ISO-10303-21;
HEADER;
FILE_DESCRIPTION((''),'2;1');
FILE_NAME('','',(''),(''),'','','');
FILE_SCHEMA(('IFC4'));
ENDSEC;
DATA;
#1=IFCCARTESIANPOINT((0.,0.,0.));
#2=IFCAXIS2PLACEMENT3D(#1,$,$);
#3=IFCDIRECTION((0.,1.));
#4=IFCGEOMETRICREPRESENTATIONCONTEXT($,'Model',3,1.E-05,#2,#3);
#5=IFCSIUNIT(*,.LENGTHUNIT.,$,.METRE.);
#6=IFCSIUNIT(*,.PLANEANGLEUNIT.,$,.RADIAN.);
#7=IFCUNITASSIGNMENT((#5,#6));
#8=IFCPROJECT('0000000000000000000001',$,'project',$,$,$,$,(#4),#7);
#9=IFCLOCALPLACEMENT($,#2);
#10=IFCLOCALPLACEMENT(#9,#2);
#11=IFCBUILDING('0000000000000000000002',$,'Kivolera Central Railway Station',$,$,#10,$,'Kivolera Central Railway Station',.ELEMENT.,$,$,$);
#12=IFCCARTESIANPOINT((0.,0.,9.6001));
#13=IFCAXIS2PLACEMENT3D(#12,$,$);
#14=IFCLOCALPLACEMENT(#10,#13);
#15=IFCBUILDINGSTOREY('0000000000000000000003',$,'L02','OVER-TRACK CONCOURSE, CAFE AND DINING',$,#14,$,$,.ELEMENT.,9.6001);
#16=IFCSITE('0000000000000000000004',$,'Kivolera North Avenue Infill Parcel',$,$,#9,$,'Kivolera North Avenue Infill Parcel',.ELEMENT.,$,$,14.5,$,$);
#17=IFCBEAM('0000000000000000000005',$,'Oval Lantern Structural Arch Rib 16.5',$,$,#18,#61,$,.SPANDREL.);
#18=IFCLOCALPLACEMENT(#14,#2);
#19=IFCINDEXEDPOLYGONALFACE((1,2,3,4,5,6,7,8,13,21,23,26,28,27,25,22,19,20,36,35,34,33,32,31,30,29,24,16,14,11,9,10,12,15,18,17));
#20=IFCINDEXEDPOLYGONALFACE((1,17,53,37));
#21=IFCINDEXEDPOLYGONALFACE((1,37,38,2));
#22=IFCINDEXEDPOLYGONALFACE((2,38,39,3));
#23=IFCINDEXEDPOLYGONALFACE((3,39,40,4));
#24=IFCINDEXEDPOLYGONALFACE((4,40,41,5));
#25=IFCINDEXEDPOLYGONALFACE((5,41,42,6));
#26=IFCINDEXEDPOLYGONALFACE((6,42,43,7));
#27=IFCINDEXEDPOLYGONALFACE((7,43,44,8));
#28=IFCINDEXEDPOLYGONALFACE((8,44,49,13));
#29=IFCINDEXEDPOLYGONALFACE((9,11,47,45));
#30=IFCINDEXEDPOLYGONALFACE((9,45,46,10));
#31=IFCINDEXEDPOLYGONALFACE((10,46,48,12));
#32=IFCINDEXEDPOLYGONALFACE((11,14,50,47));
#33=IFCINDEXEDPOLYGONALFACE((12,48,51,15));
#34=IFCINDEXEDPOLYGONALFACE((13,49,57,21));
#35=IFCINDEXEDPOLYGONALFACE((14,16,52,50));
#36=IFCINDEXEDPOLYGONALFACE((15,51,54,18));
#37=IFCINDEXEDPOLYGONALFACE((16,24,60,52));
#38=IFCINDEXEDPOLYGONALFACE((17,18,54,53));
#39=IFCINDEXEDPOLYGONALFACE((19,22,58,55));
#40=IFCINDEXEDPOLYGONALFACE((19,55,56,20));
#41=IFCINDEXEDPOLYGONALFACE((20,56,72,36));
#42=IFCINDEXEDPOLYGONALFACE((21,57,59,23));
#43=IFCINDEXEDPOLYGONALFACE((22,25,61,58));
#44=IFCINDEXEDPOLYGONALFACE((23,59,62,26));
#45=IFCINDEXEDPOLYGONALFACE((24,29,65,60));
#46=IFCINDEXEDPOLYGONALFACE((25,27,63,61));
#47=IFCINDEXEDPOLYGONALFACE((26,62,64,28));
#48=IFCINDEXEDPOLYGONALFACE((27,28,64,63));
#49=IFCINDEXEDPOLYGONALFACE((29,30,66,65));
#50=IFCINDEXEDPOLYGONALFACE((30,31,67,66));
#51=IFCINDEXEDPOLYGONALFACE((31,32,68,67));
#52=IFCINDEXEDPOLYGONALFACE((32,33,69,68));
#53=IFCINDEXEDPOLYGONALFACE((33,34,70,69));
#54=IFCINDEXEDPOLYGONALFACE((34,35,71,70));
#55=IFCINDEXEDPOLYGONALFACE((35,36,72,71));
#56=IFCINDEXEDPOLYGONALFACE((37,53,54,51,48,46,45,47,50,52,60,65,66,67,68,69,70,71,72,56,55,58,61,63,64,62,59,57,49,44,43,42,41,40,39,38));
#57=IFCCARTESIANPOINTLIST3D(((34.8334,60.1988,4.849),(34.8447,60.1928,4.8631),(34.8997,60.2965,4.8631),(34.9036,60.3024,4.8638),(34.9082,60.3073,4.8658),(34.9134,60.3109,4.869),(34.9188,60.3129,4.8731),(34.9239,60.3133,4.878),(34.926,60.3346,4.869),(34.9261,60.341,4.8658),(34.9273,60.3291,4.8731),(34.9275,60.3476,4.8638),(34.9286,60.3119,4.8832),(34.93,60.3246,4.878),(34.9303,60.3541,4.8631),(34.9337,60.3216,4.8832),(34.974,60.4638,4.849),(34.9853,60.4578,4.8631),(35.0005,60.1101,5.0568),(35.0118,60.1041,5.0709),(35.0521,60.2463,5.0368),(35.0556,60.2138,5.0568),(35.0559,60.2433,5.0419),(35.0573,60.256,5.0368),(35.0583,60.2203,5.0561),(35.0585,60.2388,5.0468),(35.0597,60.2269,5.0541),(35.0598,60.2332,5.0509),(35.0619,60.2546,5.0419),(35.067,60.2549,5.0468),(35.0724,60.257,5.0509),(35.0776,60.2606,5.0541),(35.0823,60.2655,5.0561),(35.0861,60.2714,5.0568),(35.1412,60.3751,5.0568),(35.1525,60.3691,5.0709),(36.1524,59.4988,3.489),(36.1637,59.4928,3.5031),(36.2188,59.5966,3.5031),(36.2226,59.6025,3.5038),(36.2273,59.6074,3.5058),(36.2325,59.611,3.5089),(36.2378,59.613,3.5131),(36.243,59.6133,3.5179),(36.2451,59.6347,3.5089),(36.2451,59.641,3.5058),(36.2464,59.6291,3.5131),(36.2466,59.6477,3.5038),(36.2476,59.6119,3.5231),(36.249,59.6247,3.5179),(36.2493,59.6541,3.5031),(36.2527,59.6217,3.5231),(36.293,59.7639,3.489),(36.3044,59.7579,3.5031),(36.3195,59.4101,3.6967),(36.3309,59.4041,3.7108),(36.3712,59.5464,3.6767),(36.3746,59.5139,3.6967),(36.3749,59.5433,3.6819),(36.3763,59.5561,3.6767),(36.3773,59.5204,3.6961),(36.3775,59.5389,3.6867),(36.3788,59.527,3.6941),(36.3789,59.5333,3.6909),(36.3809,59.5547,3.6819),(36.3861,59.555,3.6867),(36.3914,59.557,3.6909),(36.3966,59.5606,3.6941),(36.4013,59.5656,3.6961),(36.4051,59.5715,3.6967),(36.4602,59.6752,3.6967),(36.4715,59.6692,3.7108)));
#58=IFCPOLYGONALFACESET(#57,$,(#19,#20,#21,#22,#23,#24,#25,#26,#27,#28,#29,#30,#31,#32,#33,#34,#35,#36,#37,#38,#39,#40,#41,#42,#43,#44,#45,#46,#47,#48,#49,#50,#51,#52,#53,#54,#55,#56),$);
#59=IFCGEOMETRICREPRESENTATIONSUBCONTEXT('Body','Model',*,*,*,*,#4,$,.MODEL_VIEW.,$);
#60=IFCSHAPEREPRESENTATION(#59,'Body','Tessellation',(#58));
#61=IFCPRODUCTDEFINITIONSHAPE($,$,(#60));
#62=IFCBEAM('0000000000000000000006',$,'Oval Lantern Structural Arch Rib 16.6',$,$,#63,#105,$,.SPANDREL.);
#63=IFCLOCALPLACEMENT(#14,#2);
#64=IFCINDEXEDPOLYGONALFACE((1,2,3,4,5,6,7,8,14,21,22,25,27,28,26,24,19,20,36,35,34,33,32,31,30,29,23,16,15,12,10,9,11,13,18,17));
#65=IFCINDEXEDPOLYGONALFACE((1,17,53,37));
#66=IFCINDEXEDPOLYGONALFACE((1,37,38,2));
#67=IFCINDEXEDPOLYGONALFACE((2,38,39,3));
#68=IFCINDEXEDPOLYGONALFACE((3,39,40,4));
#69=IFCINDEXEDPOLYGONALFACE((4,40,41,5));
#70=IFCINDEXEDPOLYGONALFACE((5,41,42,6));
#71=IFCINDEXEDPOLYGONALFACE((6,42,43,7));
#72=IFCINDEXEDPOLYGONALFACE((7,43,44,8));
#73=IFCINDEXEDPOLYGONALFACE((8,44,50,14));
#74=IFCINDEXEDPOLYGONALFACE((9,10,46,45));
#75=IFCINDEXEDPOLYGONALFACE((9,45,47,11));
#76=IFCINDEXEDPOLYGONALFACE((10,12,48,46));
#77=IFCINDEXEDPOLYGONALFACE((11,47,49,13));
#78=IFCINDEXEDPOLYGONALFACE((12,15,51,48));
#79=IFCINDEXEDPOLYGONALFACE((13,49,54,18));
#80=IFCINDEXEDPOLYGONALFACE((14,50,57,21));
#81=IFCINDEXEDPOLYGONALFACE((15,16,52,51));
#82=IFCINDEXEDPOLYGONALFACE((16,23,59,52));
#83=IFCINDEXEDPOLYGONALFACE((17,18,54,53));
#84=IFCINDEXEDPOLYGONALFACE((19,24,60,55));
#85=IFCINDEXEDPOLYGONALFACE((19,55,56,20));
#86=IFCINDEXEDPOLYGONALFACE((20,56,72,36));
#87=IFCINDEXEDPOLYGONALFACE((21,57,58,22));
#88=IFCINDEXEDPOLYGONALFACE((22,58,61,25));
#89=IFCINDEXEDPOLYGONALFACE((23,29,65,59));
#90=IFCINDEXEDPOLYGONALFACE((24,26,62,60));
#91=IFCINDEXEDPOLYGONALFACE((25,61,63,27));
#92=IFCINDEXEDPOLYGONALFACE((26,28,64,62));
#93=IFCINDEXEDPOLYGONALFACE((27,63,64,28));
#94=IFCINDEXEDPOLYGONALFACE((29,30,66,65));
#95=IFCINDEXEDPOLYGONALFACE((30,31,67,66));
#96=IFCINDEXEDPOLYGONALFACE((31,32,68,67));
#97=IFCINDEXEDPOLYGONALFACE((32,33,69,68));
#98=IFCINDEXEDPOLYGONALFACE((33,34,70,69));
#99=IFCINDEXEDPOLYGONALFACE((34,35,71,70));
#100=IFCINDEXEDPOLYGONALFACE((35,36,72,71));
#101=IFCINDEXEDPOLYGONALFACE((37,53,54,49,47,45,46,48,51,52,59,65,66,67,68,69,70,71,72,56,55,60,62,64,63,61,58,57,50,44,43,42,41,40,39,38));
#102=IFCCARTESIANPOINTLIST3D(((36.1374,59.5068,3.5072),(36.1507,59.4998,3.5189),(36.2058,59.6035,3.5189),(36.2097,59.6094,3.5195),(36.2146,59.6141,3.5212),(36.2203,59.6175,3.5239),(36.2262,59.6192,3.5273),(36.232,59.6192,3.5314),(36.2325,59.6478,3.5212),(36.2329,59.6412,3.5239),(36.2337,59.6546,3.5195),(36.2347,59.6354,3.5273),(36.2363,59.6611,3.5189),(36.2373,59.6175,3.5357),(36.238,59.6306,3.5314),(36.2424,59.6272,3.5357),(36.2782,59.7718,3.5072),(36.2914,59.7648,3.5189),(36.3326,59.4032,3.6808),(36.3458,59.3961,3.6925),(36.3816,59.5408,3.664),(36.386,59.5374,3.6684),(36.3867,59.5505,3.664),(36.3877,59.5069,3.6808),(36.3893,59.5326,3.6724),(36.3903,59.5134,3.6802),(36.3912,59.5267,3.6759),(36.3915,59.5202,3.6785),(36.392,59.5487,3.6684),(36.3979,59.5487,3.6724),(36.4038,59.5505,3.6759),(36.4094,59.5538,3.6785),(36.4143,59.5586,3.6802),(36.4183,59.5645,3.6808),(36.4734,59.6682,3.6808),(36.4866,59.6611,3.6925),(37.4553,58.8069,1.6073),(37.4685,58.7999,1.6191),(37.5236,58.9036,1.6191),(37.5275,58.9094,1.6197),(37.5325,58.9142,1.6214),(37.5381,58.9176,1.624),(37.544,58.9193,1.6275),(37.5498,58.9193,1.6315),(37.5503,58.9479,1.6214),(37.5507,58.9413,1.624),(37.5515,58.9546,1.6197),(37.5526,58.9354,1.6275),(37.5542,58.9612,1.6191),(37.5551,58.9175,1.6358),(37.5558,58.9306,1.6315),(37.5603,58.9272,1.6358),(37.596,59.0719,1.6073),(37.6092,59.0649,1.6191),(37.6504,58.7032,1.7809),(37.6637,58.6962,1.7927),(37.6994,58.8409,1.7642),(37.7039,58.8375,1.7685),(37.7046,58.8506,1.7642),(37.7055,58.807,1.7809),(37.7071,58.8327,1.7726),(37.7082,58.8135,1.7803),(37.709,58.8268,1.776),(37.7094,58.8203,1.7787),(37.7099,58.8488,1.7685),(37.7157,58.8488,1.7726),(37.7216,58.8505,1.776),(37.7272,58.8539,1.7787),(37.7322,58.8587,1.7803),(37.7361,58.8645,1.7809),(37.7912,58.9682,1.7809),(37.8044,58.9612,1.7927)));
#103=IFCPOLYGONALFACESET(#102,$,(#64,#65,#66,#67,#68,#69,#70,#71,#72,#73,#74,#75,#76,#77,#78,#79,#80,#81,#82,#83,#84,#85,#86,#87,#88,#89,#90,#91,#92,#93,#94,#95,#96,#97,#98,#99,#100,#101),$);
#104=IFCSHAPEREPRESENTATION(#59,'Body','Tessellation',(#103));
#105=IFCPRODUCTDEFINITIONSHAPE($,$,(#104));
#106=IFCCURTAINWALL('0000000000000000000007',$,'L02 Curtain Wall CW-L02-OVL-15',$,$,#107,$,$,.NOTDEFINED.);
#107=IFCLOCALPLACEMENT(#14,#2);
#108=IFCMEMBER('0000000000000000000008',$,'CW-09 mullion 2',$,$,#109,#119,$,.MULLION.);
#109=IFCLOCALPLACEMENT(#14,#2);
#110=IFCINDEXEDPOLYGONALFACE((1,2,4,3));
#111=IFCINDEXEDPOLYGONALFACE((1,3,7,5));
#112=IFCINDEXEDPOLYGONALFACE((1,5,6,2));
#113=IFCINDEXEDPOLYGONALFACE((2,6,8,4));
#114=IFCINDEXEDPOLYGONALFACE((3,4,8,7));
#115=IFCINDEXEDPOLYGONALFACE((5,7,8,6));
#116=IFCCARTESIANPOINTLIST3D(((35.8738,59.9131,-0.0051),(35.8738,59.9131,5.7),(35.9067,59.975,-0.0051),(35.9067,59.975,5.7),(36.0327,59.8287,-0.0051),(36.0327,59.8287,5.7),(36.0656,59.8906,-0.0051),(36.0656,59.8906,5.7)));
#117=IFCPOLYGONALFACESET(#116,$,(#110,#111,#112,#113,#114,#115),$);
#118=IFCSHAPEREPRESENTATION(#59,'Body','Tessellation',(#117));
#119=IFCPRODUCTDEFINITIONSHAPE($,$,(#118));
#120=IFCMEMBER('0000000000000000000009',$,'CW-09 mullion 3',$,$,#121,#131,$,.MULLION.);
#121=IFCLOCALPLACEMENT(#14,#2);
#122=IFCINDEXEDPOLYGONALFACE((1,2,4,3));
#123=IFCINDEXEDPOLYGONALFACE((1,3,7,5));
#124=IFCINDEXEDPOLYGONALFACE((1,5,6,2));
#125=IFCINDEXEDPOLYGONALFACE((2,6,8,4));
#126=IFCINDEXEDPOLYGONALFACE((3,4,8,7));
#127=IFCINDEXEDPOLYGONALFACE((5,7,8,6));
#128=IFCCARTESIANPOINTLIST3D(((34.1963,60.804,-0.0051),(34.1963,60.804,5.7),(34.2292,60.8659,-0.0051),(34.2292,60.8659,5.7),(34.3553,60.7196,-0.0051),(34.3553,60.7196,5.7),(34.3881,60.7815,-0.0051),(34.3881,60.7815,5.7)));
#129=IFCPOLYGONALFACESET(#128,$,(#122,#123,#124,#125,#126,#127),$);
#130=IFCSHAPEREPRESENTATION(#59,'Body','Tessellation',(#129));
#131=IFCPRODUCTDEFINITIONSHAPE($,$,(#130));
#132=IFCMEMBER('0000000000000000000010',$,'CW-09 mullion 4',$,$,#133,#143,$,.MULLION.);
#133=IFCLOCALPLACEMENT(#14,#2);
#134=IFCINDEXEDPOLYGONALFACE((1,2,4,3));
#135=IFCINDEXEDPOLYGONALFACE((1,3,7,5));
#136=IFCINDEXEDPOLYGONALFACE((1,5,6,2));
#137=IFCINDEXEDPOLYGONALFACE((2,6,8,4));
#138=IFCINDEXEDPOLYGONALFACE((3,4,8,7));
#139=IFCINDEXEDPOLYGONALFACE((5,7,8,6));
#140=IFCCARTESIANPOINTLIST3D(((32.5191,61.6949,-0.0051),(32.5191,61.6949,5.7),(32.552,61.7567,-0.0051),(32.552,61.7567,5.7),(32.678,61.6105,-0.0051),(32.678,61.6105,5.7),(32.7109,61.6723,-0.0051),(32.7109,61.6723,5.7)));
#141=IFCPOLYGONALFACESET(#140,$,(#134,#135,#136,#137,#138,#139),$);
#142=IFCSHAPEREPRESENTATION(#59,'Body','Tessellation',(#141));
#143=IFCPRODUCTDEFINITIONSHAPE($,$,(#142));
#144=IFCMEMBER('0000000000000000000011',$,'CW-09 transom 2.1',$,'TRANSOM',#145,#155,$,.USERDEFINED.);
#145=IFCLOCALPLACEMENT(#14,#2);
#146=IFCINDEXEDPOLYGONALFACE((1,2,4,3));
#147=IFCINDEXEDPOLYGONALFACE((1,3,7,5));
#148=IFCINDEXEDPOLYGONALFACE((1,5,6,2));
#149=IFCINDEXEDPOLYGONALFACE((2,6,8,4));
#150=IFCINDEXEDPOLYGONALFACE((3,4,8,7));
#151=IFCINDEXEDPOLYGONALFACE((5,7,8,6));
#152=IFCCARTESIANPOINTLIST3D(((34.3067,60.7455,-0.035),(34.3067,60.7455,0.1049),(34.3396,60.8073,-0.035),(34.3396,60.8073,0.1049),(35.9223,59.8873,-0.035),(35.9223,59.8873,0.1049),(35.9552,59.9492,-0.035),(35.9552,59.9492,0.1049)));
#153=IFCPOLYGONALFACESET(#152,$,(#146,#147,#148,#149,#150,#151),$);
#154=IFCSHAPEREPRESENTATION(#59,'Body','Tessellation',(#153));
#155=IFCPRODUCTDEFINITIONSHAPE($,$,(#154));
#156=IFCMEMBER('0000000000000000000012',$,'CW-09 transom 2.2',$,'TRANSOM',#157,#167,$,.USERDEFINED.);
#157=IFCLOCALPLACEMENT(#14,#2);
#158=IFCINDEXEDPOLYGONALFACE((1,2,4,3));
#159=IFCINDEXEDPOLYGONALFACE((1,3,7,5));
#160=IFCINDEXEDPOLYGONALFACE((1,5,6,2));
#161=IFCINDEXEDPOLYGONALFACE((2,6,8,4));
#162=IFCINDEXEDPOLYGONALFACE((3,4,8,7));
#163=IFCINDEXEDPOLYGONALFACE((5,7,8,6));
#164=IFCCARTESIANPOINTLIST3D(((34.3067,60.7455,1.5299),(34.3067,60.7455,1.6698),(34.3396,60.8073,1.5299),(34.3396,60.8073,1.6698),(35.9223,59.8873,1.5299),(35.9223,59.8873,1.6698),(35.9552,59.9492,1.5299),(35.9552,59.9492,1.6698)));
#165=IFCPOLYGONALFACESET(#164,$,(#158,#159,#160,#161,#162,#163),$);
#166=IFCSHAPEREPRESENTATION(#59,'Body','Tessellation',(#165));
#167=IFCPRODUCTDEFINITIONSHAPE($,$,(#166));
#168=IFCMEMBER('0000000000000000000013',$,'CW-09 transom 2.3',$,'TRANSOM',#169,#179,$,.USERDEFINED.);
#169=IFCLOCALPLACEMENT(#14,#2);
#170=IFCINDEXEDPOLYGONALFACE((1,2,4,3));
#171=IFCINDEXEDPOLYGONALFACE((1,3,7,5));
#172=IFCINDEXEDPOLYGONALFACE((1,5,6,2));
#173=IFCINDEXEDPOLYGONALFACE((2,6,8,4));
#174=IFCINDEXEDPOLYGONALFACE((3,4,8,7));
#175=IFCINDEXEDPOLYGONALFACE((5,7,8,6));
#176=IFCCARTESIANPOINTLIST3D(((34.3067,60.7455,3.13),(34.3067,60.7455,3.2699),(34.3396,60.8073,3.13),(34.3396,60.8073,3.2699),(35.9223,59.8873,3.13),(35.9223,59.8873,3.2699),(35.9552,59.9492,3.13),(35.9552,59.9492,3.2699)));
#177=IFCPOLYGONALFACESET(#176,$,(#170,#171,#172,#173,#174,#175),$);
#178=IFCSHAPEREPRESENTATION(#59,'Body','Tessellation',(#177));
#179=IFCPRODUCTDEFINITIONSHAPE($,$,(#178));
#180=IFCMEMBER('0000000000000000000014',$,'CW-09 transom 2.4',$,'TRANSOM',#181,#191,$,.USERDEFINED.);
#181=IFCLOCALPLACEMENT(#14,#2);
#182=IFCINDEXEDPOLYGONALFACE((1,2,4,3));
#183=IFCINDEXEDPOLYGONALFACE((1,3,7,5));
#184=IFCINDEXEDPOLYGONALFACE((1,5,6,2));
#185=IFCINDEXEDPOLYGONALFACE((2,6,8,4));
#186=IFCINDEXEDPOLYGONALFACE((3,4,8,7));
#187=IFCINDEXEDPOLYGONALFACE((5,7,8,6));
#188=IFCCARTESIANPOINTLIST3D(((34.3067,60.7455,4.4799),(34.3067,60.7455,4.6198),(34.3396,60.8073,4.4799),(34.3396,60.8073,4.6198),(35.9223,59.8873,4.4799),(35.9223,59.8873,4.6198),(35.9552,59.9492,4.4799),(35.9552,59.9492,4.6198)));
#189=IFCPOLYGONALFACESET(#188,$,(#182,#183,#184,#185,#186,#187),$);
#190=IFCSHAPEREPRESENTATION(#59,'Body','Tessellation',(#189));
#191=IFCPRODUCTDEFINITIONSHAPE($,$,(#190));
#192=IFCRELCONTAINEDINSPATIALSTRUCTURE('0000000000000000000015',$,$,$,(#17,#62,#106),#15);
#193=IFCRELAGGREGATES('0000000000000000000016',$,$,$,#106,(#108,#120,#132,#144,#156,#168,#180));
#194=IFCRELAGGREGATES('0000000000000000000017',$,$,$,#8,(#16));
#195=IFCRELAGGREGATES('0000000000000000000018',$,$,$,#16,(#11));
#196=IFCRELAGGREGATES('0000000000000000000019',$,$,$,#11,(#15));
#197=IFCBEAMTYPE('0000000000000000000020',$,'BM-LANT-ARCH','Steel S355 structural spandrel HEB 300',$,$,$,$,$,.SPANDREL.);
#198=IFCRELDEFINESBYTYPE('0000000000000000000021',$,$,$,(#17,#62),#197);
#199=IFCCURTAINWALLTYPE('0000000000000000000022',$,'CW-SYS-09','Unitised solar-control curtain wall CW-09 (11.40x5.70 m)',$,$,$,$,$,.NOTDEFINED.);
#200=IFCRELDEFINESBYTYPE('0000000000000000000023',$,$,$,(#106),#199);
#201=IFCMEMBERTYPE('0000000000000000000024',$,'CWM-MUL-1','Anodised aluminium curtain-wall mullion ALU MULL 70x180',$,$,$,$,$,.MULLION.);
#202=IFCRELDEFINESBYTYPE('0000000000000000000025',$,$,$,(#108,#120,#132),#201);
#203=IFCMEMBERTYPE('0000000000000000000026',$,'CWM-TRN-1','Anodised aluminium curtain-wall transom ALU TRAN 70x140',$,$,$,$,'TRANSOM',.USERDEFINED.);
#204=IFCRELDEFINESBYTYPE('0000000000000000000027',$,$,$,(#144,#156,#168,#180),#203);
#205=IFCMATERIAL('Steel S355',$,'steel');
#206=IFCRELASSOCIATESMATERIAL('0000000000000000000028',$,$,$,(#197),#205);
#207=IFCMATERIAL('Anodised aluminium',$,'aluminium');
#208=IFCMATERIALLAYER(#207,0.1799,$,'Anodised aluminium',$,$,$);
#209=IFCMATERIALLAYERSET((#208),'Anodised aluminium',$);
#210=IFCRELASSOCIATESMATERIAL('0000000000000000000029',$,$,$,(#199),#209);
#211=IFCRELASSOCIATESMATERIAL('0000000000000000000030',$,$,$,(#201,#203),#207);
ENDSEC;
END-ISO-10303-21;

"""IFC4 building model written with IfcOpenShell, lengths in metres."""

from ifc_helpers import new_model, si_unit, direction, frame, origin, origin_2d, place, context, subcontext, project, spatial, rectangle, i_section, extrude, material, layer, layer_set, material_profile, profile_set, type_object, element, aggregate, save


model = new_model("IFC4")

# Units and contexts
model_context = context("Model", 3, precision=1e-05, world=origin(), true_north=direction((0.0, 1.0)))
body_context = subcontext(model_context, "Body", "Model", "MODEL_VIEW")
ifc_project = project(units=[si_unit("LENGTHUNIT", "METRE"), si_unit("PLANEANGLEUNIT", "RADIAN")], contexts=[model_context])

# Site, building, storey
site_placement = place(None, origin())
site = spatial("IfcSite", under=ifc_project, at=site_placement, Name="Kivolera North Avenue Infill Parcel", LongName="Kivolera North Avenue Infill Parcel", CompositionType="ELEMENT", RefElevation=14.5)
building_placement = place(site_placement, origin())
building = spatial("IfcBuilding", under=site, at=building_placement, Name="Kivolera Central Railway Station", LongName="Kivolera Central Railway Station", CompositionType="ELEMENT")
storey_placement = place(building_placement, frame((0.0, 0.0, 9.6001)))
storey = spatial("IfcBuildingStorey", under=building, at=storey_placement, Name="L02", Description="OVER-TRACK CONCOURSE, CAFE AND DINING", CompositionType="ELEMENT", Elevation=9.6001)

# Beams
ifc_material_1 = material(Name="Steel S355", Category="steel")
ifc_material_profile_1 = material_profile(ifc_material_1, i_section(OverallWidth=0.3, OverallDepth=0.3, WebThickness=0.011, FlangeThickness=0.019, FilletRadius=0.0271, at=origin_2d()), Name="HEB 300")
ifc_profile_set_1 = profile_set([ifc_material_profile_1], Name="Steel S355")
beam_type = type_object("IfcBeamType", Name="BM-LANT-ARCH", Description="Steel S355 structural spandrel HEB 300", PredefinedType="SPANDREL", material=ifc_profile_set_1)
beam_1_placement = place(storey_placement, frame((34.9929, 60.2839, 4.96), z_axis=(0.653062, -0.346535, -0.673368), x_axis=(0.468729, 0.883342, 0.0)))
element("IfcBeam", 1, at=beam_1_placement, inside=storey, type_object=beam_type, Name="Oval Lantern Structural Arch Rib 16.5", PredefinedType="SPANDREL", context=body_context, shape_type="SweptSolid", body=[
    extrude(i_section(OverallWidth=0.3, OverallDepth=0.3, WebThickness=0.011, FlangeThickness=0.019, FilletRadius=0.0271, at=origin_2d()), origin(), (0.0, 0.0, 1.0), 2.0198),
])
beam_2_placement = place(storey_placement, frame((36.312, 59.584, 3.5999), z_axis=(0.54551, -0.289733, -0.786431), x_axis=(0.469068, 0.883162, 0.0)))
element("IfcBeam", 2, at=beam_2_placement, inside=storey, type_object=beam_type, Name="Oval Lantern Structural Arch Rib 16.6", PredefinedType="SPANDREL", context=body_context, shape_type="SweptSolid", body=[
    extrude(i_section(OverallWidth=0.3, OverallDepth=0.3, WebThickness=0.011, FlangeThickness=0.019, FilletRadius=0.0271, at=origin_2d()), origin(), (0.0, 0.0, 1.0), 2.4158),
])

# Curtain wall, members
ifc_material_2 = material(Name="Anodised aluminium", Category="aluminium")
ifc_layer_1 = layer(ifc_material_2, 0.1799, Name="Anodised aluminium")
ifc_layer_set_1 = layer_set([ifc_layer_1], Name="Anodised aluminium")
curtain_wall_type = type_object("IfcCurtainWallType", Name="CW-SYS-09", Description="Unitised solar-control curtain wall CW-09 (11.40x5.70 m)", PredefinedType="NOTDEFINED", material=ifc_layer_set_1)
curtain_wall_placement = place(storey_placement, origin())
curtain_wall = element("IfcCurtainWall", 3, at=curtain_wall_placement, inside=storey, type_object=curtain_wall_type, Name="L02 Curtain Wall CW-L02-OVL-15", PredefinedType="NOTDEFINED")
ifc_material_profile_2 = material_profile(ifc_material_2, rectangle(XDim=0.0701, YDim=0.1799, at=origin_2d()), Name="ALU MULL 70x180")
ifc_profile_set_2 = profile_set([ifc_material_profile_2], Name="Anodised aluminium")
member_type_1 = type_object("IfcMemberType", Name="CWM-MUL-1", Description="Anodised aluminium curtain-wall mullion ALU MULL 70x180", PredefinedType="MULLION", material=ifc_profile_set_2)
member_1_placement = place(storey_placement, frame((35.9697, 59.9019, -0.0051), z_axis=(0.0, 0.0, 1.0), x_axis=(-0.469053, -0.88317, 0.0)))
member_1 = element("IfcMember", 4, at=member_1_placement, type_object=member_type_1, Name="CW-09 mullion 2", PredefinedType="MULLION", context=body_context, shape_type="SweptSolid", body=[
    extrude(rectangle(XDim=0.0701, YDim=0.1799, at=origin_2d()), origin(), (0.0, 0.0, 1.0), 5.7051),
])
member_2_placement = place(storey_placement, frame((34.2922, 60.7927, -0.0051), z_axis=(0.0, 0.0, 1.0), x_axis=(-0.469053, -0.88317, 0.0)))
member_2 = element("IfcMember", 5, at=member_2_placement, type_object=member_type_1, Name="CW-09 mullion 3", PredefinedType="MULLION", context=body_context, shape_type="SweptSolid", body=[
    extrude(rectangle(XDim=0.0701, YDim=0.1799, at=origin_2d()), origin(), (0.0, 0.0, 1.0), 5.7051),
])
member_3_placement = place(storey_placement, frame((32.615, 61.6836, -0.0051), z_axis=(0.0, 0.0, 1.0), x_axis=(-0.469053, -0.88317, 0.0)))
member_3 = element("IfcMember", 6, at=member_3_placement, type_object=member_type_1, Name="CW-09 mullion 4", PredefinedType="MULLION", context=body_context, shape_type="SweptSolid", body=[
    extrude(rectangle(XDim=0.0701, YDim=0.1799, at=origin_2d()), origin(), (0.0, 0.0, 1.0), 5.7051),
])
ifc_material_profile_3 = material_profile(ifc_material_2, rectangle(XDim=0.0701, YDim=0.1399, at=origin_2d()), Name="ALU TRAN 70x140")
ifc_profile_set_3 = profile_set([ifc_material_profile_3], Name="Anodised aluminium")
member_type_2 = type_object("IfcMemberType", Name="CWM-TRN-1", Description="Anodised aluminium curtain-wall transom ALU TRAN 70x140", ElementType="TRANSOM", PredefinedType="USERDEFINED", material=ifc_profile_set_3)
member_4_placement = place(storey_placement, frame((35.9387, 59.9182, 0.0349), z_axis=(-0.883131, 0.469126, 0.0), x_axis=(-0.469126, -0.883131, 0.0)))
member_4 = element("IfcMember", 7, at=member_4_placement, type_object=member_type_2, Name="CW-09 transom 2.1", ObjectType="TRANSOM", PredefinedType="USERDEFINED", context=body_context, shape_type="SweptSolid", body=[
    extrude(rectangle(XDim=0.0701, YDim=0.1399, at=origin_2d()), origin(), (0.0, 0.0, 1.0), 1.8293),
])
member_5_placement = place(storey_placement, frame((35.9387, 59.9182, 1.5999), z_axis=(-0.883131, 0.469126, 0.0), x_axis=(-0.469126, -0.883131, 0.0)))
member_5 = element("IfcMember", 8, at=member_5_placement, type_object=member_type_2, Name="CW-09 transom 2.2", ObjectType="TRANSOM", PredefinedType="USERDEFINED", context=body_context, shape_type="SweptSolid", body=[
    extrude(rectangle(XDim=0.0701, YDim=0.1399, at=origin_2d()), origin(), (0.0, 0.0, 1.0), 1.8293),
])
member_6_placement = place(storey_placement, frame((35.9387, 59.9182, 3.2), z_axis=(-0.883131, 0.469126, 0.0), x_axis=(-0.469126, -0.883131, 0.0)))
member_6 = element("IfcMember", 9, at=member_6_placement, type_object=member_type_2, Name="CW-09 transom 2.3", ObjectType="TRANSOM", PredefinedType="USERDEFINED", context=body_context, shape_type="SweptSolid", body=[
    extrude(rectangle(XDim=0.0701, YDim=0.1399, at=origin_2d()), origin(), (0.0, 0.0, 1.0), 1.8293),
])
member_7_placement = place(storey_placement, frame((35.9387, 59.9182, 4.5498), z_axis=(-0.883131, 0.469126, 0.0), x_axis=(-0.469126, -0.883131, 0.0)))
member_7 = element("IfcMember", 10, at=member_7_placement, type_object=member_type_2, Name="CW-09 transom 2.4", ObjectType="TRANSOM", PredefinedType="USERDEFINED", context=body_context, shape_type="SweptSolid", body=[
    extrude(rectangle(XDim=0.0701, YDim=0.1399, at=origin_2d()), origin(), (0.0, 0.0, 1.0), 1.8293),
])
aggregate(curtain_wall, [member_1, member_2, member_3, member_4, member_5, member_6, member_7])

save(model, "model.ifc")
